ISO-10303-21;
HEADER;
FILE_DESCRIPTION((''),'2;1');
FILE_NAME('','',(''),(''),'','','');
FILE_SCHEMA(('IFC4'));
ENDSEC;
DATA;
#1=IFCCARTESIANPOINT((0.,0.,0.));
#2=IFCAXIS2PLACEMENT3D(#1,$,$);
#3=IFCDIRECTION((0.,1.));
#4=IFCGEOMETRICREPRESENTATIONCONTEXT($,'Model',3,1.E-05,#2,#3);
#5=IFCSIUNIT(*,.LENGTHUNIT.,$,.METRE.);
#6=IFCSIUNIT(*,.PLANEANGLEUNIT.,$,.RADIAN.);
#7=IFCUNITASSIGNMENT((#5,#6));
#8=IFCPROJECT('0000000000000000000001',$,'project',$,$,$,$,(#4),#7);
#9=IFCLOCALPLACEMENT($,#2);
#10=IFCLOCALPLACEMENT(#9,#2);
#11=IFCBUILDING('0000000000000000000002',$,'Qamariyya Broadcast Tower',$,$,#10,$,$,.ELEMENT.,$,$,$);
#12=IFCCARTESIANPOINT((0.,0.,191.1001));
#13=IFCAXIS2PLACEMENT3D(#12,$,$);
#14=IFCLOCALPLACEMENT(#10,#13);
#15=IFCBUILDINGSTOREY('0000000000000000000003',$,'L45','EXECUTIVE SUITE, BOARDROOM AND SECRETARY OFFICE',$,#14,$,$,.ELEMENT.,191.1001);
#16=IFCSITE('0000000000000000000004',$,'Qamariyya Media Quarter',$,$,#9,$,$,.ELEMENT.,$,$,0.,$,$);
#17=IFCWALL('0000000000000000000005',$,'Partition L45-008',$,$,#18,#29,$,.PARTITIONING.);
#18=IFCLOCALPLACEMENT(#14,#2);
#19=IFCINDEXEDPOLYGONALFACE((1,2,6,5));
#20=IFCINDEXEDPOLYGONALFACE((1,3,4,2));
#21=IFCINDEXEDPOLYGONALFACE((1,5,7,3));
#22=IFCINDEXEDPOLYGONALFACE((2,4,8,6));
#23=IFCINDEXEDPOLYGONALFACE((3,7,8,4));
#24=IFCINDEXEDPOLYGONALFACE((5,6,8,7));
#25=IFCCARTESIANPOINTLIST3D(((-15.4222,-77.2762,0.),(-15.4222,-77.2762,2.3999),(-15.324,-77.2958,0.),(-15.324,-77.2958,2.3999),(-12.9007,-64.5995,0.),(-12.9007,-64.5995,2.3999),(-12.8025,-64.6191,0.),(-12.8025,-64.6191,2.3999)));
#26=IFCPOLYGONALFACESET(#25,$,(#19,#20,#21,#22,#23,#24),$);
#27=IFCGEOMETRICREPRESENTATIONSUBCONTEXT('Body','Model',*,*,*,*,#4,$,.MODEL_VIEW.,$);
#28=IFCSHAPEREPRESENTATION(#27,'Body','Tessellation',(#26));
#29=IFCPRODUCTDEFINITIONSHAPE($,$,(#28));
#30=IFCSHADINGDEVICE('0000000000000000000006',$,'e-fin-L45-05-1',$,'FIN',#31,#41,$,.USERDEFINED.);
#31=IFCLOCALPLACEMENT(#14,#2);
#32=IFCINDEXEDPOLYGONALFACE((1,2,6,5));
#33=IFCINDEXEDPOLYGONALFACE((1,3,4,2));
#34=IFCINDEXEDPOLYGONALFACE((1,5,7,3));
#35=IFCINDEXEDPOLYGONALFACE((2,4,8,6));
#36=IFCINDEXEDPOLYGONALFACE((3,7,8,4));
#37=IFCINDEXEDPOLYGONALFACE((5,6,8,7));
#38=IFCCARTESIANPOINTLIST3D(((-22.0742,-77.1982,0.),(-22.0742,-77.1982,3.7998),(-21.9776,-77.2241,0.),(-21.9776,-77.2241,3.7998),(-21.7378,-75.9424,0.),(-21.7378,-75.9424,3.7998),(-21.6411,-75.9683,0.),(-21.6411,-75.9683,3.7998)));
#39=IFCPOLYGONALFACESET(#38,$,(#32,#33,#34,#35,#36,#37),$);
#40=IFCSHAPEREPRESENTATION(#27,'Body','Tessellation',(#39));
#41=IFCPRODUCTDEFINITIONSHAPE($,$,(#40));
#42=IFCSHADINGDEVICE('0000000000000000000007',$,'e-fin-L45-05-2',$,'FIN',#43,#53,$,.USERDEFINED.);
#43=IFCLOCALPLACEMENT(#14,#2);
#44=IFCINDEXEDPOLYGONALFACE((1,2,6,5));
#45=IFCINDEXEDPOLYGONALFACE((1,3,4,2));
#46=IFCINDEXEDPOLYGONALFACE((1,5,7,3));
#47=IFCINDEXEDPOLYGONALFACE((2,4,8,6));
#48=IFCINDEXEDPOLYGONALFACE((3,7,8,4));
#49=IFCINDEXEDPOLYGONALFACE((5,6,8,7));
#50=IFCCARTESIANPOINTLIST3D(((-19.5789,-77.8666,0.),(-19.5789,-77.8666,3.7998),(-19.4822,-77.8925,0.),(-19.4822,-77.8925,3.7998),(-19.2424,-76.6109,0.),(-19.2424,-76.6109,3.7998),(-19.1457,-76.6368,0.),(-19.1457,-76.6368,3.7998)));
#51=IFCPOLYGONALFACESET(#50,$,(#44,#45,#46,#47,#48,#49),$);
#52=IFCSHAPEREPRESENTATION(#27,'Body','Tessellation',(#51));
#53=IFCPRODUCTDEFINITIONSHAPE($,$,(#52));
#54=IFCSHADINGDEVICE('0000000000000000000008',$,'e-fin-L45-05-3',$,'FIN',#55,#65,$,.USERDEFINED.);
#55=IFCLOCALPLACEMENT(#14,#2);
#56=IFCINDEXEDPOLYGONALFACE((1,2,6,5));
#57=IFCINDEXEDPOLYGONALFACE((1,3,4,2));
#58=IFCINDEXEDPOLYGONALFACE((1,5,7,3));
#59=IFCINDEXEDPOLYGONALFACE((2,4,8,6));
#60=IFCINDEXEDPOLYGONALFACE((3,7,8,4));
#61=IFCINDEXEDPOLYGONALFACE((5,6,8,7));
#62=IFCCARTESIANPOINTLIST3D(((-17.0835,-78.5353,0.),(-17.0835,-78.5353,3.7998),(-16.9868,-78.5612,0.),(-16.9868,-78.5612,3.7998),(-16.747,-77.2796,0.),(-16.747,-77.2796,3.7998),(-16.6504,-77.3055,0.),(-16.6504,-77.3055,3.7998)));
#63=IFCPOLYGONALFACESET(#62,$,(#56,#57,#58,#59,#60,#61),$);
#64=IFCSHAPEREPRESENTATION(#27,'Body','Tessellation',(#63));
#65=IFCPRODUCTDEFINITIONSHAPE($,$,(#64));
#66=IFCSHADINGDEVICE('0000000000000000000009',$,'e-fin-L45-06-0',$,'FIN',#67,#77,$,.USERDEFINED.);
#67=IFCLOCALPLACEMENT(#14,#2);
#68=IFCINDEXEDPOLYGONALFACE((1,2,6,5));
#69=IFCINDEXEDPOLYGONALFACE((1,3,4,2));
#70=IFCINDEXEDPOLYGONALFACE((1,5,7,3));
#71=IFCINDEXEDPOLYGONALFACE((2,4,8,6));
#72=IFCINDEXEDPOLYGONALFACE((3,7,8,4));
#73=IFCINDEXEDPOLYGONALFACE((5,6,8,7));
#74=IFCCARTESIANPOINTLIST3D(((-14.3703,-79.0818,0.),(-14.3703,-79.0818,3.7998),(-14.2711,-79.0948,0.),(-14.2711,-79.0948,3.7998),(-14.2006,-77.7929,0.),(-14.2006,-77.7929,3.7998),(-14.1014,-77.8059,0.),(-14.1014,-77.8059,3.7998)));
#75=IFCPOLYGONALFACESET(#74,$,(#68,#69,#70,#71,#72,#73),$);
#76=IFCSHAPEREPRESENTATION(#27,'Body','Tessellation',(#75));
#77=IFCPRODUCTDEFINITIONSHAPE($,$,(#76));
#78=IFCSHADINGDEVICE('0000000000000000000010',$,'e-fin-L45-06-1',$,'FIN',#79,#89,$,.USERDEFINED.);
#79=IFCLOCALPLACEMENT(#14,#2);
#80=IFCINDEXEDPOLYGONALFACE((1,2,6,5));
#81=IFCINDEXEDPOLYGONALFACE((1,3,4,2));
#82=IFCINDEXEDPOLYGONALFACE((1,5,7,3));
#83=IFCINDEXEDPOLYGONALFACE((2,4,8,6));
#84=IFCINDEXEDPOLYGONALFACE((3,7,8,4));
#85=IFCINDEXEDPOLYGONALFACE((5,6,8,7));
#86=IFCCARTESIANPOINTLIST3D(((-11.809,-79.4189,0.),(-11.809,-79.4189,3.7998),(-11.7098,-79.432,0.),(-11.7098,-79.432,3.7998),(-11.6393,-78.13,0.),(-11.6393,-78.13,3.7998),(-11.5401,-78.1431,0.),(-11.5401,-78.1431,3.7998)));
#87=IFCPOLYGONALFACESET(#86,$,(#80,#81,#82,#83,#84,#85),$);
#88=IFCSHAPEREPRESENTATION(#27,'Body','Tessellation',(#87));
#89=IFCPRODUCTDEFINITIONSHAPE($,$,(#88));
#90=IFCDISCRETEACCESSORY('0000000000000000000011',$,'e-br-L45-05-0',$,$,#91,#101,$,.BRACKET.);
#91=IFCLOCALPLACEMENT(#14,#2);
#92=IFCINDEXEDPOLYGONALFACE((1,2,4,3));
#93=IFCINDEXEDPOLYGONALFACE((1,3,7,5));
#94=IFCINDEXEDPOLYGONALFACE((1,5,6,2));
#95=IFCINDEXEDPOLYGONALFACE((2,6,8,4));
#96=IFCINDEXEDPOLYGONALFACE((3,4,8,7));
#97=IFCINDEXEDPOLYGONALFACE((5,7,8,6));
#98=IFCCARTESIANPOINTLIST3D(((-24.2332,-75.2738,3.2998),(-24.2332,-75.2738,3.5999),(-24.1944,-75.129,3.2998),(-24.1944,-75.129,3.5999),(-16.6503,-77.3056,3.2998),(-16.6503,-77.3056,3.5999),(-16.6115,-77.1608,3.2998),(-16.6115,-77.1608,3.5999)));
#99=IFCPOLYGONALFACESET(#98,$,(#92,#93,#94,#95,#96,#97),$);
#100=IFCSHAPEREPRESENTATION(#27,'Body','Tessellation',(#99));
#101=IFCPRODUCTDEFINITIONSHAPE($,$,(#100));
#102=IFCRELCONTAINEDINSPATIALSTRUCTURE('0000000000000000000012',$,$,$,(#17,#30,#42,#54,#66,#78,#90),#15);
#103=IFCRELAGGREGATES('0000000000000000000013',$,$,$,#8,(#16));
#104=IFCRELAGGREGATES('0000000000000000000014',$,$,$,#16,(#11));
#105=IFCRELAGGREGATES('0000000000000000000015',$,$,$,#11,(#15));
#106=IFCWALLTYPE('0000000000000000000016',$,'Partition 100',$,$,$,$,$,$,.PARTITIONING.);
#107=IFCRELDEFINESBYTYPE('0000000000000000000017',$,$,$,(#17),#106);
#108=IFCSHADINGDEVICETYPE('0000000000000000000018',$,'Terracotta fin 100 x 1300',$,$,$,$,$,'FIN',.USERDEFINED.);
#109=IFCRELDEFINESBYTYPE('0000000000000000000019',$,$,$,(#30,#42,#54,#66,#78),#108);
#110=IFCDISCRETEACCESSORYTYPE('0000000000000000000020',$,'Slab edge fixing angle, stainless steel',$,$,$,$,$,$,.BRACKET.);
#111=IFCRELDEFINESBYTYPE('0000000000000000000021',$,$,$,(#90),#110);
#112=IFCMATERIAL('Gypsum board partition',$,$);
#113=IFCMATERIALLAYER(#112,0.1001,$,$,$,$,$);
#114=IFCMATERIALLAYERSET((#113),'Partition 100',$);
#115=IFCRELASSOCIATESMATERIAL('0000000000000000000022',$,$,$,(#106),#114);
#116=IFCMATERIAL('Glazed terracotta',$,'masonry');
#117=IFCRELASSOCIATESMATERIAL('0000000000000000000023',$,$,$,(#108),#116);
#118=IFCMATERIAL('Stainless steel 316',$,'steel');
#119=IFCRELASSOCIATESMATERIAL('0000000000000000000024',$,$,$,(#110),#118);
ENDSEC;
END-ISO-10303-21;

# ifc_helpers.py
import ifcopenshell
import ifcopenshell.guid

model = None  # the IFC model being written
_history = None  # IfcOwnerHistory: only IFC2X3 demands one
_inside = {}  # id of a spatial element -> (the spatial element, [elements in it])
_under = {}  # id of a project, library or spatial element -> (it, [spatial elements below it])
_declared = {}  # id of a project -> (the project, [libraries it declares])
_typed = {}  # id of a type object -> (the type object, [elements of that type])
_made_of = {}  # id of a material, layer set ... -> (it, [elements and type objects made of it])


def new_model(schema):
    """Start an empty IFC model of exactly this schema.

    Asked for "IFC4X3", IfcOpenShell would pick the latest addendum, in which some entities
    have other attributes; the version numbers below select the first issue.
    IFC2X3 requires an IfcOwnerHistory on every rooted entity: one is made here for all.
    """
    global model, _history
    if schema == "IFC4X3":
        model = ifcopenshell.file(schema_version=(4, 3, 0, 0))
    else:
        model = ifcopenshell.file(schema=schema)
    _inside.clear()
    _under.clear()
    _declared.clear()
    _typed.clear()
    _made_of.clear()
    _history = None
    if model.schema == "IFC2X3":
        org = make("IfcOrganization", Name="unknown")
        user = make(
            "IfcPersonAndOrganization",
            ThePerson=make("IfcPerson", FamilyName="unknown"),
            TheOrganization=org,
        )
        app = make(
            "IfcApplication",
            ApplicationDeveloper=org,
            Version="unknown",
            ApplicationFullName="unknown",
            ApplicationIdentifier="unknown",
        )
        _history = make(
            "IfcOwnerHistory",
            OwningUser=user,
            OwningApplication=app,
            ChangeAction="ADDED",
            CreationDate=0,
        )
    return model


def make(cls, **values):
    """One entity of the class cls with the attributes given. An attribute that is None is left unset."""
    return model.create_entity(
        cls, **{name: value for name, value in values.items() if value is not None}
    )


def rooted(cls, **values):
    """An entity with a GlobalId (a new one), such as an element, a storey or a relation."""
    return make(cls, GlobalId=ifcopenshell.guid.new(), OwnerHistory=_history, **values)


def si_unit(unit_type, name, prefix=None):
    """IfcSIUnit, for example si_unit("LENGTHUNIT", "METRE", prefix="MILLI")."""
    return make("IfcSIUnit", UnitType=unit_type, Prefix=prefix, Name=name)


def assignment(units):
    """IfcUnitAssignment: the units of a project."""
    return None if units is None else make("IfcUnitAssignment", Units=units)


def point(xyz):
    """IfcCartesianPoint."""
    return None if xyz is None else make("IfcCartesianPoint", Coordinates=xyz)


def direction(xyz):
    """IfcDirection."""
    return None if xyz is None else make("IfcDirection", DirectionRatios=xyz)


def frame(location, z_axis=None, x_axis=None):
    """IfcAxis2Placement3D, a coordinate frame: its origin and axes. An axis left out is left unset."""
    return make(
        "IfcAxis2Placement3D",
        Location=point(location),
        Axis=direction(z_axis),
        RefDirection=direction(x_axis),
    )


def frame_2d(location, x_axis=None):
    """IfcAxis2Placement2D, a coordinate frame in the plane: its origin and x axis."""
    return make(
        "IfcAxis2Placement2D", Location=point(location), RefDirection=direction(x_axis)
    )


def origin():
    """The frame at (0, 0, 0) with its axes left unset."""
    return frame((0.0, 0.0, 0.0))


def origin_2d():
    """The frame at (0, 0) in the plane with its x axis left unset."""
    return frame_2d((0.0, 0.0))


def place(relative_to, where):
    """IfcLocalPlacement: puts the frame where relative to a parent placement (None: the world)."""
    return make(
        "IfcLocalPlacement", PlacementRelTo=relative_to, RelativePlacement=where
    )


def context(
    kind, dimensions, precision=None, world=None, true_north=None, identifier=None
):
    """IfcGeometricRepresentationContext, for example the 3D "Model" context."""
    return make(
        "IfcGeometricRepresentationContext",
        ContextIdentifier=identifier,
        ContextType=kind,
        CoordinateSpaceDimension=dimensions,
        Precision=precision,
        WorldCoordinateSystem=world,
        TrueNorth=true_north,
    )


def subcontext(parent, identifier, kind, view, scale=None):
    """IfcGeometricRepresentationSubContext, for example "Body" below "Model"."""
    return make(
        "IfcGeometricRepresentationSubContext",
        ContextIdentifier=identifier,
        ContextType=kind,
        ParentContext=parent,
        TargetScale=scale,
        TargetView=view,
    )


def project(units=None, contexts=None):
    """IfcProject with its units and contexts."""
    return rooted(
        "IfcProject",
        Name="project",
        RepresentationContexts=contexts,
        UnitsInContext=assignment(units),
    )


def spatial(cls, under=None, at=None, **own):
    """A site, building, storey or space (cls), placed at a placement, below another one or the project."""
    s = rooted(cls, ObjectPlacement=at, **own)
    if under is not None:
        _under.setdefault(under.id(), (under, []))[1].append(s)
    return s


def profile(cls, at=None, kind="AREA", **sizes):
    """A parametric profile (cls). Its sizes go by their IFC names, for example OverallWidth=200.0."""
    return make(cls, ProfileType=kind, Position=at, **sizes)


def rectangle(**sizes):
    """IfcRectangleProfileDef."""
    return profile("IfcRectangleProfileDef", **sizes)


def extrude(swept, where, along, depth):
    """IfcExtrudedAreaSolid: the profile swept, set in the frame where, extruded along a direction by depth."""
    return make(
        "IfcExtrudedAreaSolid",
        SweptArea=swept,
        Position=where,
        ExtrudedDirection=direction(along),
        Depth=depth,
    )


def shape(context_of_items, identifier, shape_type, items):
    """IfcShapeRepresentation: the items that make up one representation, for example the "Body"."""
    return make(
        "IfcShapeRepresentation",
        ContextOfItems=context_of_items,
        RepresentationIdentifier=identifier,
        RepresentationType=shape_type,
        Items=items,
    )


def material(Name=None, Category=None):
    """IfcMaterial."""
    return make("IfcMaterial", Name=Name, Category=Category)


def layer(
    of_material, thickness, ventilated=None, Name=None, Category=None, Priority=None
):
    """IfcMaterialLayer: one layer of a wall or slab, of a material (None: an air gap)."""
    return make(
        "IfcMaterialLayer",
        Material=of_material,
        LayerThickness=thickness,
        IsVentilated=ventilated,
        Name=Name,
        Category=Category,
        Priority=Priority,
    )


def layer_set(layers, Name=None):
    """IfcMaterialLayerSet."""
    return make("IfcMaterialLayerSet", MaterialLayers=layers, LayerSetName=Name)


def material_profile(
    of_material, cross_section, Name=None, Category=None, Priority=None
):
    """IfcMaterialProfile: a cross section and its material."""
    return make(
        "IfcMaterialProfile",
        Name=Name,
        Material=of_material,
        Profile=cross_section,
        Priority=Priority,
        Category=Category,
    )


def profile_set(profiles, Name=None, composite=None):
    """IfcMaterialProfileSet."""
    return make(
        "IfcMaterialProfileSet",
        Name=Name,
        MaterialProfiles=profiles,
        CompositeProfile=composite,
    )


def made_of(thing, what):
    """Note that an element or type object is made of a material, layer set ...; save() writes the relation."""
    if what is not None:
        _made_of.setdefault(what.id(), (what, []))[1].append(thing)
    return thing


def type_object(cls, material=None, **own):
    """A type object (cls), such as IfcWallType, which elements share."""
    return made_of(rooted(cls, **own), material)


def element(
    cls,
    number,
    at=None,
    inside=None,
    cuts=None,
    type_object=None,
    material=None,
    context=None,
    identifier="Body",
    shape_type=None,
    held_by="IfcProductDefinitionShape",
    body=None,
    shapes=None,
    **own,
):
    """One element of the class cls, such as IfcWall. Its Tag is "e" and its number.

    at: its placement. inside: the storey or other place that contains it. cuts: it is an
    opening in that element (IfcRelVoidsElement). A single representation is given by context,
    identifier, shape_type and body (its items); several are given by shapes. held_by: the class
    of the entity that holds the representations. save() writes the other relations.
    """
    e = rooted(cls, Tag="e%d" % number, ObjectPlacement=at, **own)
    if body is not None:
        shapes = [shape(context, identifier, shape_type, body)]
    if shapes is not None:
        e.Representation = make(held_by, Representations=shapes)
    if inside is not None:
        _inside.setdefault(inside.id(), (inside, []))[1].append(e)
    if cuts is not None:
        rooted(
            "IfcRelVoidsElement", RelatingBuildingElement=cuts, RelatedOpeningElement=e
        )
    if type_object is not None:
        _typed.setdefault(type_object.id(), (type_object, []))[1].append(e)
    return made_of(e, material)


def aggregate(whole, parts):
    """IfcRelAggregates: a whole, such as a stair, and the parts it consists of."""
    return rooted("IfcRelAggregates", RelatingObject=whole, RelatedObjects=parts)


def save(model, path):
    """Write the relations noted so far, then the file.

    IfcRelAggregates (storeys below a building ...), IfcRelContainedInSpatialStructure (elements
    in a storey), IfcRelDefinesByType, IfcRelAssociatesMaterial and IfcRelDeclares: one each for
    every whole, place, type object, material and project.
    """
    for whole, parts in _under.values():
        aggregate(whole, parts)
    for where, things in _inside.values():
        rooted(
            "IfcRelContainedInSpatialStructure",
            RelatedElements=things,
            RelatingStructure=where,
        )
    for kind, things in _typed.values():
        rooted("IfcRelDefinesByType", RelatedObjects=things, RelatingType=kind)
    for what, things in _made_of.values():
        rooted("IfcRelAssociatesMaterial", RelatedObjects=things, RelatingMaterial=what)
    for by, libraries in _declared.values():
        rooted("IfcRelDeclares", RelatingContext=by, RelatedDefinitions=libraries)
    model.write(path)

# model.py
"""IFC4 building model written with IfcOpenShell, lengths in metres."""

from ifc_helpers import new_model, si_unit, direction, frame, frame_2d, origin, origin_2d, place, context, subcontext, project, spatial, rectangle, extrude, material, layer, layer_set, material_profile, profile_set, type_object, element, save


model = new_model("IFC4")

# Units and contexts
model_context = context("Model", 3, precision=1e-05, world=origin(), true_north=direction((0.0, 1.0)))
body_context = subcontext(model_context, "Body", "Model", "MODEL_VIEW")
ifc_project = project(units=[si_unit("LENGTHUNIT", "METRE"), si_unit("PLANEANGLEUNIT", "RADIAN")], contexts=[model_context])

# Site, building, storey
site_placement = place(None, origin())
site = spatial("IfcSite", under=ifc_project, at=site_placement, Name="Qamariyya Media Quarter", CompositionType="ELEMENT", RefElevation=0.0)
building_placement = place(site_placement, origin())
building = spatial("IfcBuilding", under=site, at=building_placement, Name="Qamariyya Broadcast Tower", CompositionType="ELEMENT")
storey_placement = place(building_placement, frame((0.0, 0.0, 191.1001)))
storey = spatial("IfcBuildingStorey", under=building, at=storey_placement, Name="L45", Description="EXECUTIVE SUITE, BOARDROOM AND SECRETARY OFFICE", CompositionType="ELEMENT", Elevation=191.1001)

# Shared definitions
ifc_material_1 = material(Name="Gypsum board partition")

# Wall
ifc_layer_1 = layer(ifc_material_1, 0.1001)
ifc_layer_set_1 = layer_set([ifc_layer_1], Name="Partition 100")
wall_type_1 = type_object("IfcWallType", Name="Partition 100", PredefinedType="PARTITIONING", material=ifc_layer_set_1)
for number, where, z_axis, x_axis, name in (
    (1, (-15.373, -77.2859, 0.0), (0.0, 0.0, 1.0), (0.195084, 0.980786, 0.0), "Partition L45-008"),
):
    element("IfcWall", number, at=place(storey_placement, frame(where, z_axis=z_axis, x_axis=x_axis)), inside=storey, type_object=wall_type_1, Name=name, PredefinedType="PARTITIONING", context=body_context, shape_type="SweptSolid", body=[
        extrude(rectangle(XDim=12.925, YDim=0.1001, at=frame_2d((6.4624, 0.0))), origin(), (0.0, 0.0, 1.0), 2.3999),
    ])

# Shading devices
ifc_material_2 = material(Name="Glazed terracotta", Category="masonry")
ifc_material_profile_1 = material_profile(ifc_material_2, rectangle(XDim=1.3, YDim=0.1001, at=origin_2d()))
ifc_profile_set_1 = profile_set([ifc_material_profile_1], Name="Glazed terracotta")
shading_device_type_1 = type_object("IfcShadingDeviceType", Name="Terracotta fin 100 x 1300", ElementType="FIN", PredefinedType="USERDEFINED", material=ifc_profile_set_1)
for number, where, z_axis, x_axis, name in (
    (2, (-21.8577, -76.5833, 0.0), (0.0, 0.0, 1.0), (-0.258819, -0.965926, 0.0), "e-fin-L45-05-1"),
    (3, (-19.3623, -77.2517, 0.0), (0.0, 0.0, 1.0), (-0.258819, -0.965926, 0.0), "e-fin-L45-05-2"),
    (4, (-16.8669, -77.9204, 0.0), (0.0, 0.0, 1.0), (-0.258819, -0.965926, 0.0), "e-fin-L45-05-3"),
    (5, (-14.2358, -78.4438, 0.0), (0.0, 0.0, 1.0), (-0.130526, -0.991445, 0.0), "e-fin-L45-06-0"),
    (6, (-11.6746, -78.781, 0.0), (0.0, 0.0, 1.0), (-0.130526, -0.991445, 0.0), "e-fin-L45-06-1"),
):
    element("IfcShadingDevice", number, at=place(storey_placement, frame(where, z_axis=z_axis, x_axis=x_axis)), inside=storey, type_object=shading_device_type_1, Name=name, ObjectType="FIN", PredefinedType="USERDEFINED", context=body_context, shape_type="SweptSolid", body=[
        extrude(rectangle(XDim=1.3, YDim=0.1001, at=origin_2d()), origin(), (0.0, 0.0, 1.0), 3.7998),
    ])

# Discrete accessory
ifc_material_3 = material(Name="Stainless steel 316", Category="steel")
discrete_accessory_type = type_object("IfcDiscreteAccessoryType", Name="Slab edge fixing angle, stainless steel", PredefinedType="BRACKET", material=ifc_material_3)
discrete_accessory_placement = place(storey_placement, frame((-20.4224, -76.2173, 3.2998), z_axis=(0.0, 0.0, 1.0), x_axis=(0.965926, -0.258819, 0.0)))
element("IfcDiscreteAccessory", 7, at=discrete_accessory_placement, inside=storey, type_object=discrete_accessory_type, Name="e-br-L45-05-0", PredefinedType="BRACKET", context=body_context, shape_type="SweptSolid", body=[
    extrude(rectangle(XDim=7.8503, YDim=0.1499, at=origin_2d()), origin(), (0.0, 0.0, 1.0), 0.3),
])

save(model, "model.ifc")
